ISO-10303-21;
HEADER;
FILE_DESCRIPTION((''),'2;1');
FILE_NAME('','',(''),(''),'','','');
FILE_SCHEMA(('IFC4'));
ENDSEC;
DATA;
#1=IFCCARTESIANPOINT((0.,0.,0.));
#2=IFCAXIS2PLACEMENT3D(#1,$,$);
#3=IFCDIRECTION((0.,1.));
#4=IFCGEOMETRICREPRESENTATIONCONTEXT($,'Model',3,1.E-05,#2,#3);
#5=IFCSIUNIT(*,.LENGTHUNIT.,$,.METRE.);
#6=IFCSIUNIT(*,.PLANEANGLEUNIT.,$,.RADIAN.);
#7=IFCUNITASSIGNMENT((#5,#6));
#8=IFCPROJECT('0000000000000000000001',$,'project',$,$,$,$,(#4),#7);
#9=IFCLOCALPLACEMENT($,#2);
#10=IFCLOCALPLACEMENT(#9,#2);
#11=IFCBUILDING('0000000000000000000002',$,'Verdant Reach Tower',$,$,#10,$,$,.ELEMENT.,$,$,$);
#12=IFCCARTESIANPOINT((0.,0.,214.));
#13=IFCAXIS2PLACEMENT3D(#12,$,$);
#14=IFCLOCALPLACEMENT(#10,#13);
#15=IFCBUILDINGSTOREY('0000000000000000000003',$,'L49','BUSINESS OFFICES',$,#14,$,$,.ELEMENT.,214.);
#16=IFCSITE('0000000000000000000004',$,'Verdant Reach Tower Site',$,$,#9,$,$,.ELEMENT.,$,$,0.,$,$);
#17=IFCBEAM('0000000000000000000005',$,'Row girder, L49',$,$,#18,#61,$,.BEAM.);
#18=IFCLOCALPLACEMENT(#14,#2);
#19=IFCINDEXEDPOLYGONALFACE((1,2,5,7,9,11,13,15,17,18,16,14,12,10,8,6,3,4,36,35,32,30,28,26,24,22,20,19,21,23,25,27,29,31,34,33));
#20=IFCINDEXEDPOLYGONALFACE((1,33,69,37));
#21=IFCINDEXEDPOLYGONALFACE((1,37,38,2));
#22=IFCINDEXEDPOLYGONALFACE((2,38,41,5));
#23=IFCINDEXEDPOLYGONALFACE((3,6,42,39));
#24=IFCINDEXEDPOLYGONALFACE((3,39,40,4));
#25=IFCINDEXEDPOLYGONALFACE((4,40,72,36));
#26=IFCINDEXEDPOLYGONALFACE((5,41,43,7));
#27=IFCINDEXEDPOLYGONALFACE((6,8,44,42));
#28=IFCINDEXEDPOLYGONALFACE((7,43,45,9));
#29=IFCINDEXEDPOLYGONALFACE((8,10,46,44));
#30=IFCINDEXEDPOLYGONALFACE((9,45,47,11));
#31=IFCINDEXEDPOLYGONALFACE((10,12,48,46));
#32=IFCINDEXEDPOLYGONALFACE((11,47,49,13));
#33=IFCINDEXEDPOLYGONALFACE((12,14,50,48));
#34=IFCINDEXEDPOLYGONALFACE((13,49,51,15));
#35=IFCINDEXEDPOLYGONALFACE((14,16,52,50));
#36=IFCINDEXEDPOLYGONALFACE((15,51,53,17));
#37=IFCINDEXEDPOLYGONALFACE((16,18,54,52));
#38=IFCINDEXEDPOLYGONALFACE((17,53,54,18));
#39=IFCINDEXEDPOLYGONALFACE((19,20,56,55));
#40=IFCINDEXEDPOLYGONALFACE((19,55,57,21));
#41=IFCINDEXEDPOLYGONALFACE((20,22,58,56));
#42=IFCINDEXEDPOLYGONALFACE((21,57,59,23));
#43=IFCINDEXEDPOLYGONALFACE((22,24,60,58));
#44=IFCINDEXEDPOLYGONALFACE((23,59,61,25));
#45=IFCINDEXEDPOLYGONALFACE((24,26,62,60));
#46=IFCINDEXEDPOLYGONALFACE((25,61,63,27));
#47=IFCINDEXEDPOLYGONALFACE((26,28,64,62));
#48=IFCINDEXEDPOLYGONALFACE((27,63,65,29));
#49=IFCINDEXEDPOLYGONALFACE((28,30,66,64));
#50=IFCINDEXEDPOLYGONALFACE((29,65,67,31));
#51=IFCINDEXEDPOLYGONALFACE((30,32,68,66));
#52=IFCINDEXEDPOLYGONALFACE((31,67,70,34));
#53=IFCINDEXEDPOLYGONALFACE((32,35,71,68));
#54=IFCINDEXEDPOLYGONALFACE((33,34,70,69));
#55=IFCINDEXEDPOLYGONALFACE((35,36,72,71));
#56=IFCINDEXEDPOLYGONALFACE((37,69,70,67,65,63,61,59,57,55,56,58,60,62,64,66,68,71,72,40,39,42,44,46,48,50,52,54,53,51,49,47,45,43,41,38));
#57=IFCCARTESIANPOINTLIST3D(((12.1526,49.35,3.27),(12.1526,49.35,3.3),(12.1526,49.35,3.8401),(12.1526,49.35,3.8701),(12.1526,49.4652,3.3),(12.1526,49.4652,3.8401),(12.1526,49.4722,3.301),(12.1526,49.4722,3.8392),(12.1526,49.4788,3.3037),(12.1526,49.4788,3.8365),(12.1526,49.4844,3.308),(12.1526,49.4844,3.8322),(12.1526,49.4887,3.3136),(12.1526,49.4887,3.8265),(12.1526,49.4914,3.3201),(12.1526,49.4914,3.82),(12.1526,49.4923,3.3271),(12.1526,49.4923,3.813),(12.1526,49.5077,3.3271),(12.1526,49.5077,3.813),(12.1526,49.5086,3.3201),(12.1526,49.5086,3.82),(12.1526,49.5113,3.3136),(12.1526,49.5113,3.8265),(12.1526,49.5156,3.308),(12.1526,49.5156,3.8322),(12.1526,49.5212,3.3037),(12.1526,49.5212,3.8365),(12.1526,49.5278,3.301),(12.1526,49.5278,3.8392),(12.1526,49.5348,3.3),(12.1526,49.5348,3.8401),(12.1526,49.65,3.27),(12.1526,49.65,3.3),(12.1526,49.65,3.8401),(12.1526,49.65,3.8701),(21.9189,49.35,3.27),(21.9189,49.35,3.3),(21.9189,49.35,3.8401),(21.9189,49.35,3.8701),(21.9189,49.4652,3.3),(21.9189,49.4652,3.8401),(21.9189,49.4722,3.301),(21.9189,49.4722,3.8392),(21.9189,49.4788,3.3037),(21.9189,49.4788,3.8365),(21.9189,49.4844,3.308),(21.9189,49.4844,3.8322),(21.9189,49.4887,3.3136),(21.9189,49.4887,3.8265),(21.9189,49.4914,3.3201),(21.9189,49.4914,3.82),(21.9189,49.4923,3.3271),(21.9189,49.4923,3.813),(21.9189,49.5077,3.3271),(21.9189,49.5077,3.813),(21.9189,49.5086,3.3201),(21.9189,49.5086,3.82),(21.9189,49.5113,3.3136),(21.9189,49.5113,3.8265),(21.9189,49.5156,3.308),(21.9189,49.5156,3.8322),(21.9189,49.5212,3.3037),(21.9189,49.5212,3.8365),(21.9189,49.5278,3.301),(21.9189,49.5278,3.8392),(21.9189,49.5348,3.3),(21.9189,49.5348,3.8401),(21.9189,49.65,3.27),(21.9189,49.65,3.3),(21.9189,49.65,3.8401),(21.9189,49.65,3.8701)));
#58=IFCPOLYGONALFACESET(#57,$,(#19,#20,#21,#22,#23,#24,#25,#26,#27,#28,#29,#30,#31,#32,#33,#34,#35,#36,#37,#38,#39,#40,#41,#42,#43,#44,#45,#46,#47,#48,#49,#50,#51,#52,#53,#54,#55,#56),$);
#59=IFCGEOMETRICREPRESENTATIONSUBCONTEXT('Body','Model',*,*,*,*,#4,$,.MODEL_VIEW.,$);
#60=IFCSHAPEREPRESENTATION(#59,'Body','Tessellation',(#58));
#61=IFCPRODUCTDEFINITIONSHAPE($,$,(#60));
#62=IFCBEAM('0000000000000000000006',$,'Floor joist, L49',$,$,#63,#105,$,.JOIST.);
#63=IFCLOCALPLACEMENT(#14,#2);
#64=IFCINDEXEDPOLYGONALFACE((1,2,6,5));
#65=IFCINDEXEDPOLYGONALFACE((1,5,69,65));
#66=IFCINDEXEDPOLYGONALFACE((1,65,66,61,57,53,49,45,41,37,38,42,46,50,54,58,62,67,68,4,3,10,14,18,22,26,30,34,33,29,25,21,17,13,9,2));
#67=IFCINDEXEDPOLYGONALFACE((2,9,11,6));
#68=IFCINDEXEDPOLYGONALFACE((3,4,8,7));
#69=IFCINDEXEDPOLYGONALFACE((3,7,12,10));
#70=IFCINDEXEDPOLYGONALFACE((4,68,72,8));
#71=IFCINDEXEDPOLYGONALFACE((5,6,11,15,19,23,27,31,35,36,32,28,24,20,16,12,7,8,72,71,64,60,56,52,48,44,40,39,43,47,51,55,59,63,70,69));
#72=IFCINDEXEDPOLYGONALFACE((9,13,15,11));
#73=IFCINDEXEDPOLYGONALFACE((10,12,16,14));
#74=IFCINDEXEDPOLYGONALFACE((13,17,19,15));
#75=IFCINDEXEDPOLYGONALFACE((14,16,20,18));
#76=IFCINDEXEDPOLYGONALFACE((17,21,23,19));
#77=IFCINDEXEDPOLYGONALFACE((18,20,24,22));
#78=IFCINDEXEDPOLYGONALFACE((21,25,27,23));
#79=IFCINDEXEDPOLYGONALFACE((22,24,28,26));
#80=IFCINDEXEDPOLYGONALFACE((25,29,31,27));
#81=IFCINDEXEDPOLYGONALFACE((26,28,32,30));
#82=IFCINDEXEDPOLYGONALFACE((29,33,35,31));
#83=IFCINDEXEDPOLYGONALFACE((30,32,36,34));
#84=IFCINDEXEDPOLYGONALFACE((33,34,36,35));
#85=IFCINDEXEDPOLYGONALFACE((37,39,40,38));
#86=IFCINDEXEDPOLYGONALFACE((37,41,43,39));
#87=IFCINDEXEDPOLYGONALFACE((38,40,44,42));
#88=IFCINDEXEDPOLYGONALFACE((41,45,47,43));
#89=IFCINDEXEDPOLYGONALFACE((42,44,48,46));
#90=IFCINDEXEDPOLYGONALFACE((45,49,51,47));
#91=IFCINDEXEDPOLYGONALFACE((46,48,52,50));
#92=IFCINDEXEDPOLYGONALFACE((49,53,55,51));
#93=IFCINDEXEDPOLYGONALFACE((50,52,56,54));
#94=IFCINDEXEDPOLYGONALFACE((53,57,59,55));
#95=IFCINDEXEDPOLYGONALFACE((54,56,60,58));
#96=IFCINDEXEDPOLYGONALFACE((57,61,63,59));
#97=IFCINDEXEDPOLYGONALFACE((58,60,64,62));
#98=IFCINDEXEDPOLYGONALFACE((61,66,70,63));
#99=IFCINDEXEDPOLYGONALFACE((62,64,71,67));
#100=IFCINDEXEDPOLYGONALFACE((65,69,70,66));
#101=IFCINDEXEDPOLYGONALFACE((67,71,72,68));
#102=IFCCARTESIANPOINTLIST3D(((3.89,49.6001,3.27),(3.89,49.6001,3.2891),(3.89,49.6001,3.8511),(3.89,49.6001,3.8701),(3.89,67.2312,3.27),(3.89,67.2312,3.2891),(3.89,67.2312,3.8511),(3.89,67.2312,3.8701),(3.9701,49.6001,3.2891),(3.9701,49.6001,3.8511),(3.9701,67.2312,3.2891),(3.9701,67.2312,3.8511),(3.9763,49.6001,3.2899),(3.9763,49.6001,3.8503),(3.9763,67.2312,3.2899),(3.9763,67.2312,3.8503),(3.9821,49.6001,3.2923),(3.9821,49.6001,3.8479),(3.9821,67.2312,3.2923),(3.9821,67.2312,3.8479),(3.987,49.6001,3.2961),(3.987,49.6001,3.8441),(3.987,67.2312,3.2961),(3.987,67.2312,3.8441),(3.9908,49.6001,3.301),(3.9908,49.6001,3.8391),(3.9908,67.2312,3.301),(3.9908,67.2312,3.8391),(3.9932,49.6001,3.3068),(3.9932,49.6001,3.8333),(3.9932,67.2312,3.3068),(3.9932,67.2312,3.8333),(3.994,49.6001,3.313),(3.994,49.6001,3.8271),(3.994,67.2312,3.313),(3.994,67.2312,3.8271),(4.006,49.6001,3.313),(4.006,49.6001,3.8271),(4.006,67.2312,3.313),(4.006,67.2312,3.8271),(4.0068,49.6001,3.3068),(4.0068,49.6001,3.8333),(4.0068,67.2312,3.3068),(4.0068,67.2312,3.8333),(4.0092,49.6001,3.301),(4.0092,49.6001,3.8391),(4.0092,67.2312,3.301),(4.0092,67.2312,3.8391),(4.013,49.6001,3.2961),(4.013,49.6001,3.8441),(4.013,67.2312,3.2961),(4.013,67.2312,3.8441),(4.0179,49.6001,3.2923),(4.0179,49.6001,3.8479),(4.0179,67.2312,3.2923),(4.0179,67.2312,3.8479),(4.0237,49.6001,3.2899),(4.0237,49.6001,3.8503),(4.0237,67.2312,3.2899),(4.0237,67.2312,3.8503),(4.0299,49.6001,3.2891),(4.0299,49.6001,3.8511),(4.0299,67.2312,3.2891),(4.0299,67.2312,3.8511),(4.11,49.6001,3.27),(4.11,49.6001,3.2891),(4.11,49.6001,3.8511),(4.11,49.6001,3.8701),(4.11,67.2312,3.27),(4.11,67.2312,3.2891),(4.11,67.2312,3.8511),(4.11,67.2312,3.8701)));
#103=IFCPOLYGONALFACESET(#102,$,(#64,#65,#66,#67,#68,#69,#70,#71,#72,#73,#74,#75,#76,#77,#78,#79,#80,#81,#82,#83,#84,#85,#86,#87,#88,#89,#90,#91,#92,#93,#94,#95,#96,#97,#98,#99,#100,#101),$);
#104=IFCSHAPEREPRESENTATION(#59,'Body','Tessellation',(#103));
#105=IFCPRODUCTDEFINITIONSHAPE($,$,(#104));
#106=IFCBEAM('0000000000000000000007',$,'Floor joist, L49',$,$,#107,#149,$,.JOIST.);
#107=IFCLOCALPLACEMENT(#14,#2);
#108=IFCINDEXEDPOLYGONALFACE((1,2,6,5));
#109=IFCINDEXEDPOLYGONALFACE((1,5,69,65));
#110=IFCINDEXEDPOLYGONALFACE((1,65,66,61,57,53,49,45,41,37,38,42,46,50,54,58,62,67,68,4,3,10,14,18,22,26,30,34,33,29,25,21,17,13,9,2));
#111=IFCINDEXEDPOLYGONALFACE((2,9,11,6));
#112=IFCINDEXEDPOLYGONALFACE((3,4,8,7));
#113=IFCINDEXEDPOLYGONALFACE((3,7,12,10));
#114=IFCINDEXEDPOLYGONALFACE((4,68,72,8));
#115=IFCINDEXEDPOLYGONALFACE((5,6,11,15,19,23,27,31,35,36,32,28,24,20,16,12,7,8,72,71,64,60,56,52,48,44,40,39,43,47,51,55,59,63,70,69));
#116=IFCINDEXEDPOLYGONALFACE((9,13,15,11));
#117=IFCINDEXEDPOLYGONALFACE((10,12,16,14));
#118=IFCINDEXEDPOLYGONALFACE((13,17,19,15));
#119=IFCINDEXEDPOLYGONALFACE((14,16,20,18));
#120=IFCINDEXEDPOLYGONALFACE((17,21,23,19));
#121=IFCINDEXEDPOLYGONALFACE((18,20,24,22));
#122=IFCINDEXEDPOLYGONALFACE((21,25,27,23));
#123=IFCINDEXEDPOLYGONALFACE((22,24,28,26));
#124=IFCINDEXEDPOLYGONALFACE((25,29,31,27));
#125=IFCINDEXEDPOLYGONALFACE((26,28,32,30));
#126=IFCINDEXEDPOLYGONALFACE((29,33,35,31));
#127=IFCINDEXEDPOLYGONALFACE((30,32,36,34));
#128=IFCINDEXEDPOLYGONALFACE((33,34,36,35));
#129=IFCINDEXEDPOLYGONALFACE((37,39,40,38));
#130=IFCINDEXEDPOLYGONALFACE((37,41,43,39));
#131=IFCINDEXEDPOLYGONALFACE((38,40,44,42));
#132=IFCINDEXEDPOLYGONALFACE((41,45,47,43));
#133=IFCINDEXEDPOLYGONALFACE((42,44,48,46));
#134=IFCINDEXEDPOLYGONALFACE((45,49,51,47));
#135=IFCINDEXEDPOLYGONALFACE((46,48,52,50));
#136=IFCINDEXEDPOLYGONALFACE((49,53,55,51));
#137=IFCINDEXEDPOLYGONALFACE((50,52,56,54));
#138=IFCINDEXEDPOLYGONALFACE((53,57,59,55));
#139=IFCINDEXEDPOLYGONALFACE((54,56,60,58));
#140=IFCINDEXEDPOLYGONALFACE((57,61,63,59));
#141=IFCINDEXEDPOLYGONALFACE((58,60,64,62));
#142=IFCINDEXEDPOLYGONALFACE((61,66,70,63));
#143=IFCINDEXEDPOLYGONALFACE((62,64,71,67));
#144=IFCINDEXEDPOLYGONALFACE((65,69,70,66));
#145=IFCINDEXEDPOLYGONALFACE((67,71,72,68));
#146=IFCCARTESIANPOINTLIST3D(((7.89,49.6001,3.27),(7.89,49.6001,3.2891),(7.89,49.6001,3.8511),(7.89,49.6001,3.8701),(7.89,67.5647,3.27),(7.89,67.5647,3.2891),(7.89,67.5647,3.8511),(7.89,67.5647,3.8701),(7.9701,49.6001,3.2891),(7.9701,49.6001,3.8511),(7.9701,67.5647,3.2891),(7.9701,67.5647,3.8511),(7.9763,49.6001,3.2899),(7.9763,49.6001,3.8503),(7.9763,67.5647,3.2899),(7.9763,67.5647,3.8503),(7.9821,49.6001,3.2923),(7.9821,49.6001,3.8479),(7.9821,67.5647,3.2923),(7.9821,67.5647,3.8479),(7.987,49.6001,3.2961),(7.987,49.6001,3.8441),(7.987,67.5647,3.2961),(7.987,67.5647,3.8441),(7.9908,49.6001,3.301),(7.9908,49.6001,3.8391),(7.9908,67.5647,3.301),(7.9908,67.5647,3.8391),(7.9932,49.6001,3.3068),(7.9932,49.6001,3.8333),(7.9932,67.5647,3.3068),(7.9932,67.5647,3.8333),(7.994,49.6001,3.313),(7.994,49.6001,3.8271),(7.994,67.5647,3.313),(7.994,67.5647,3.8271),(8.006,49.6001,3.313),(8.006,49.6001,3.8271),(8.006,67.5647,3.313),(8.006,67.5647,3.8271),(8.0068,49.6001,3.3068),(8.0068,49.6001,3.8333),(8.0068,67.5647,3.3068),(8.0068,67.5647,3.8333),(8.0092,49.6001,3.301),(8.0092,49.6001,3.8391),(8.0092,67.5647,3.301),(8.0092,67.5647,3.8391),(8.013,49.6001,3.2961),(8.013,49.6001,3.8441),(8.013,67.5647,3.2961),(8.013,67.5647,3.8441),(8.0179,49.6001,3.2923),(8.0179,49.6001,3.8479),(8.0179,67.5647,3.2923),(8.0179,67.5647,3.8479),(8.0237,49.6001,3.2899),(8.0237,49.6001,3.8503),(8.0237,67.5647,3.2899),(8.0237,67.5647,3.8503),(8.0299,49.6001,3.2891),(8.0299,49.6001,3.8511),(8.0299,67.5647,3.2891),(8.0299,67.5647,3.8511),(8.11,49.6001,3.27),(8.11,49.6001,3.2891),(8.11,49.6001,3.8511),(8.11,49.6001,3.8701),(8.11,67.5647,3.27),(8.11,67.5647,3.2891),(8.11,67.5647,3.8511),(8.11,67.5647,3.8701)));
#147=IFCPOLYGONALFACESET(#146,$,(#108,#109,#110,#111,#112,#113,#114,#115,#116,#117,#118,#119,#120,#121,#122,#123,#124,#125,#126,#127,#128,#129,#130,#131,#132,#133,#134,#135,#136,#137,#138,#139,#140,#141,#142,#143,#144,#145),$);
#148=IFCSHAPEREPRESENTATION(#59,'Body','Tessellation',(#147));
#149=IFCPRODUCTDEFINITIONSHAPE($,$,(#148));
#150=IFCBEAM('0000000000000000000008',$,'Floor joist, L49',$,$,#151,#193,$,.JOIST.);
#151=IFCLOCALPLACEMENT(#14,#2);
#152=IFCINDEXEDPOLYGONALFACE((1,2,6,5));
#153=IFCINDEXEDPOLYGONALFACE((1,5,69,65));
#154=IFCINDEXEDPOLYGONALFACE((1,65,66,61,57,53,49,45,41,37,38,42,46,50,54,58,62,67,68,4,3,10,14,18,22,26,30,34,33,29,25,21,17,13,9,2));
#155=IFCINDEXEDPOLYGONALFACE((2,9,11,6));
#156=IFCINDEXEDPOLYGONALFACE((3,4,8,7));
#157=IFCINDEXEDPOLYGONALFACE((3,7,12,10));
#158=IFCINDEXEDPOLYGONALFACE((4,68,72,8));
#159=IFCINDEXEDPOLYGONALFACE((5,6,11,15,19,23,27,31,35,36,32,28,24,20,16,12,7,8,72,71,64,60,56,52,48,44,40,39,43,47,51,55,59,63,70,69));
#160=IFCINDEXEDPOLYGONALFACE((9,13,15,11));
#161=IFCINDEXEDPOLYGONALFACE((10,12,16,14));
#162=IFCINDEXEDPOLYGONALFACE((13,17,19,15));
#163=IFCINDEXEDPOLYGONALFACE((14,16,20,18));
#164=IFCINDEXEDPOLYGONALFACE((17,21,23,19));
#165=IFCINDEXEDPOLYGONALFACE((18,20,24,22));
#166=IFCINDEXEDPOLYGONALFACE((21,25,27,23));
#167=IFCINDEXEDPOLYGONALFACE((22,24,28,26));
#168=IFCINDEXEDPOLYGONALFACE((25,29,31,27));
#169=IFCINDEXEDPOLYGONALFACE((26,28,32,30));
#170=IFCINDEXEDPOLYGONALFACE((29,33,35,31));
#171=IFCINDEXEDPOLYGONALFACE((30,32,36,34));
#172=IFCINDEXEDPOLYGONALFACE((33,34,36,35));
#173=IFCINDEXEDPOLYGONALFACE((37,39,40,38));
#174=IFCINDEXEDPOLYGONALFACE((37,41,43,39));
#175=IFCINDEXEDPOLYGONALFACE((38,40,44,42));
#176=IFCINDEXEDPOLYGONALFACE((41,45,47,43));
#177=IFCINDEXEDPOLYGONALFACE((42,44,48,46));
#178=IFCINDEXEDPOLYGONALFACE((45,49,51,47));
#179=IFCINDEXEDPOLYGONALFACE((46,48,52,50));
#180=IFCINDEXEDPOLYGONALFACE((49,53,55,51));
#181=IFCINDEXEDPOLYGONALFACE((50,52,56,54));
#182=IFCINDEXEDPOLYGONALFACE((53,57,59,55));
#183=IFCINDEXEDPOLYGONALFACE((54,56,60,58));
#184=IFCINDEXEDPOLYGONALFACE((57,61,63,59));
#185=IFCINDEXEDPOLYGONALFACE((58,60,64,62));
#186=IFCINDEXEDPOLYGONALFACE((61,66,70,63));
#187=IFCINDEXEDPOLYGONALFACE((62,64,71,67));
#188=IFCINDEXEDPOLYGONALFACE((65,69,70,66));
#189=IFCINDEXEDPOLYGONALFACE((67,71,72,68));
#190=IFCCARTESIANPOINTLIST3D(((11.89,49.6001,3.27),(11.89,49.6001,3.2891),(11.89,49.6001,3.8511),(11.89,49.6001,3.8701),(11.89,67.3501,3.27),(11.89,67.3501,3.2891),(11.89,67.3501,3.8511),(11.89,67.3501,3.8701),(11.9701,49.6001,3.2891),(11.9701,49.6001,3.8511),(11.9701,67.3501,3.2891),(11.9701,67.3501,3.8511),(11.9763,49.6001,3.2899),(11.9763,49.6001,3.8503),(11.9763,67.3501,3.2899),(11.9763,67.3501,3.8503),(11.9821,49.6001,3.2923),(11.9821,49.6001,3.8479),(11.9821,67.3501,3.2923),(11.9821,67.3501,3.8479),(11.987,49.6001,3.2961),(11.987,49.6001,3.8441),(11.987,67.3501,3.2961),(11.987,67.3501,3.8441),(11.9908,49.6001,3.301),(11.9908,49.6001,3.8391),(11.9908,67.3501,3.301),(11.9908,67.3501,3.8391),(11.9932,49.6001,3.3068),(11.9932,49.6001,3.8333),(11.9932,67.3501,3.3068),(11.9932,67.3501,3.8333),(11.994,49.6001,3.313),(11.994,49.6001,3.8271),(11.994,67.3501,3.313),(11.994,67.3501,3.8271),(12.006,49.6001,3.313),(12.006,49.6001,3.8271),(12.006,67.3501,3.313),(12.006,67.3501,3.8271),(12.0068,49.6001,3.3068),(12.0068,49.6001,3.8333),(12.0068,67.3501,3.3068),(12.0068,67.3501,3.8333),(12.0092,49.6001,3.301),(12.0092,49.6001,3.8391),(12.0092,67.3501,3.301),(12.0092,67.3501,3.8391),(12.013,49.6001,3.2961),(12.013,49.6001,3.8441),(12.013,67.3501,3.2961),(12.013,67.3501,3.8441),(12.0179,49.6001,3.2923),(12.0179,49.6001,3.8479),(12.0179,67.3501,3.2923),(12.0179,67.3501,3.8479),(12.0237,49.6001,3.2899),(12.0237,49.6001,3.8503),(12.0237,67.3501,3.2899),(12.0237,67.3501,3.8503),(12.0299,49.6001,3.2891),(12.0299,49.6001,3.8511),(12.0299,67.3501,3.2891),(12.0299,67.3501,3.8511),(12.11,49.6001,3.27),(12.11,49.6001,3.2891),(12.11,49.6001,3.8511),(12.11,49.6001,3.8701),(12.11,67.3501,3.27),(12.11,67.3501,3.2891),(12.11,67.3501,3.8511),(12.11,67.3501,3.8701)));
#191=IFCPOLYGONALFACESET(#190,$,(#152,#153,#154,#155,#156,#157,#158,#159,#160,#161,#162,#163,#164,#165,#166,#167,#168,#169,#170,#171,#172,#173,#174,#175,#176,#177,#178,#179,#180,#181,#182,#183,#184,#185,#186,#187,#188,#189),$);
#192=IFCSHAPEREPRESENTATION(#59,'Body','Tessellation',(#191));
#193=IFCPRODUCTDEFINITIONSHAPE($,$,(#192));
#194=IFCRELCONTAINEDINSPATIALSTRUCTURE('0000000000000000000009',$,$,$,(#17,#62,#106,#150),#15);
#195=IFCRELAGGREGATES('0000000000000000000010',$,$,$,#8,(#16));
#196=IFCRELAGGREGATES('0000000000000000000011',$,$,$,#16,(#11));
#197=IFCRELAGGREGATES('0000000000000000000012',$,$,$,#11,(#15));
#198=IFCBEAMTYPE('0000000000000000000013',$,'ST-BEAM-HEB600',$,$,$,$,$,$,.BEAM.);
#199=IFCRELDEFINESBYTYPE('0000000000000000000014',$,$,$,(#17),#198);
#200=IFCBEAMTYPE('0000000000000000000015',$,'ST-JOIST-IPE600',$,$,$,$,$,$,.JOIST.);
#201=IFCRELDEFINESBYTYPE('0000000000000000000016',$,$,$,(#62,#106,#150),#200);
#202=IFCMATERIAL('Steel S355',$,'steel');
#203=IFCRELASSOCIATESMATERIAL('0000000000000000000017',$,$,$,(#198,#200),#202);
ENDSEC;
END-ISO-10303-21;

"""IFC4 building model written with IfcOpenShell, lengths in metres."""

from ifc_helpers import new_model, si_unit, direction, frame, origin, origin_2d, place, context, subcontext, project, spatial, i_section, extrude, material, material_profile, profile_set, type_object, element, save


model = new_model("IFC4")

# Units and contexts
model_context = context("Model", 3, precision=1e-05, world=origin(), true_north=direction((0.0, 1.0)))
body_context = subcontext(model_context, "Body", "Model", "MODEL_VIEW")
ifc_project = project(units=[si_unit("LENGTHUNIT", "METRE"), si_unit("PLANEANGLEUNIT", "RADIAN")], contexts=[model_context])

# Site, building, storey
site_placement = place(None, origin())
site = spatial("IfcSite", under=ifc_project, at=site_placement, Name="Verdant Reach Tower Site", CompositionType="ELEMENT", RefElevation=0.0)
building_placement = place(site_placement, origin())
building = spatial("IfcBuilding", under=site, at=building_placement, Name="Verdant Reach Tower", CompositionType="ELEMENT")
storey_placement = place(building_placement, frame((0.0, 0.0, 214.0)))
storey = spatial("IfcBuildingStorey", under=building, at=storey_placement, Name="L49", Description="BUSINESS OFFICES", CompositionType="ELEMENT", Elevation=214.0)

# Beams
ifc_material_1 = material(Name="Steel S355", Category="steel")
ifc_material_profile_1 = material_profile(ifc_material_1, i_section(OverallWidth=0.3, OverallDepth=0.6001, WebThickness=0.0154, FlangeThickness=0.03, FilletRadius=0.0271, at=origin_2d()), Name="HEB 600")
ifc_profile_set_1 = profile_set([ifc_material_profile_1], Name="Steel S355")
beam_type_1 = type_object("IfcBeamType", Name="ST-BEAM-HEB600", PredefinedType="BEAM", material=ifc_profile_set_1)
beam_1_placement = place(storey_placement, frame((12.1526, 49.5, 3.5701), z_axis=(1.0, 0.0, 0.0), x_axis=(0.0, 1.0, 0.0)))
element("IfcBeam", 1, at=beam_1_placement, inside=storey, type_object=beam_type_1, Name="Row girder, L49", PredefinedType="BEAM", context=body_context, shape_type="SweptSolid", body=[
    extrude(i_section(OverallWidth=0.3, OverallDepth=0.6001, WebThickness=0.0154, FlangeThickness=0.03, FilletRadius=0.0271, at=origin_2d()), origin(), (0.0, 0.0, 1.0), 9.7664),
])
ifc_material_profile_2 = material_profile(ifc_material_1, i_section(OverallWidth=0.22, OverallDepth=0.6001, WebThickness=0.012, FlangeThickness=0.019, FilletRadius=0.0239, at=origin_2d()), Name="IPE 600")
ifc_profile_set_2 = profile_set([ifc_material_profile_2], Name="Steel S355")
beam_type_2 = type_object("IfcBeamType", Name="ST-JOIST-IPE600", PredefinedType="JOIST", material=ifc_profile_set_2)
beam_2_placement = place(storey_placement, frame((4.0, 49.6001, 3.5701), z_axis=(0.0, 1.0, 0.0), x_axis=(-1.0, 0.0, 0.0)))
element("IfcBeam", 2, at=beam_2_placement, inside=storey, type_object=beam_type_2, Name="Floor joist, L49", PredefinedType="JOIST", context=body_context, shape_type="SweptSolid", body=[
    extrude(i_section(OverallWidth=0.22, OverallDepth=0.6001, WebThickness=0.012, FlangeThickness=0.019, FilletRadius=0.0239, at=origin_2d()), origin(), (0.0, 0.0, 1.0), 17.6311),
])
beam_3_placement = place(storey_placement, frame((8.0, 49.6001, 3.5701), z_axis=(0.0, 1.0, 0.0), x_axis=(-1.0, 0.0, 0.0)))
element("IfcBeam", 3, at=beam_3_placement, inside=storey, type_object=beam_type_2, Name="Floor joist, L49", PredefinedType="JOIST", context=body_context, shape_type="SweptSolid", body=[
    extrude(i_section(OverallWidth=0.22, OverallDepth=0.6001, WebThickness=0.012, FlangeThickness=0.019, FilletRadius=0.0239, at=origin_2d()), origin(), (0.0, 0.0, 1.0), 17.9646),
])
beam_4_placement = place(storey_placement, frame((12.0, 49.6001, 3.5701), z_axis=(0.0, 1.0, 0.0), x_axis=(-1.0, 0.0, 0.0)))
element("IfcBeam", 4, at=beam_4_placement, inside=storey, type_object=beam_type_2, Name="Floor joist, L49", PredefinedType="JOIST", context=body_context, shape_type="SweptSolid", body=[
    extrude(i_section(OverallWidth=0.22, OverallDepth=0.6001, WebThickness=0.012, FlangeThickness=0.019, FilletRadius=0.0239, at=origin_2d()), origin(), (0.0, 0.0, 1.0), 17.75),
])

save(model, "model.ifc")
